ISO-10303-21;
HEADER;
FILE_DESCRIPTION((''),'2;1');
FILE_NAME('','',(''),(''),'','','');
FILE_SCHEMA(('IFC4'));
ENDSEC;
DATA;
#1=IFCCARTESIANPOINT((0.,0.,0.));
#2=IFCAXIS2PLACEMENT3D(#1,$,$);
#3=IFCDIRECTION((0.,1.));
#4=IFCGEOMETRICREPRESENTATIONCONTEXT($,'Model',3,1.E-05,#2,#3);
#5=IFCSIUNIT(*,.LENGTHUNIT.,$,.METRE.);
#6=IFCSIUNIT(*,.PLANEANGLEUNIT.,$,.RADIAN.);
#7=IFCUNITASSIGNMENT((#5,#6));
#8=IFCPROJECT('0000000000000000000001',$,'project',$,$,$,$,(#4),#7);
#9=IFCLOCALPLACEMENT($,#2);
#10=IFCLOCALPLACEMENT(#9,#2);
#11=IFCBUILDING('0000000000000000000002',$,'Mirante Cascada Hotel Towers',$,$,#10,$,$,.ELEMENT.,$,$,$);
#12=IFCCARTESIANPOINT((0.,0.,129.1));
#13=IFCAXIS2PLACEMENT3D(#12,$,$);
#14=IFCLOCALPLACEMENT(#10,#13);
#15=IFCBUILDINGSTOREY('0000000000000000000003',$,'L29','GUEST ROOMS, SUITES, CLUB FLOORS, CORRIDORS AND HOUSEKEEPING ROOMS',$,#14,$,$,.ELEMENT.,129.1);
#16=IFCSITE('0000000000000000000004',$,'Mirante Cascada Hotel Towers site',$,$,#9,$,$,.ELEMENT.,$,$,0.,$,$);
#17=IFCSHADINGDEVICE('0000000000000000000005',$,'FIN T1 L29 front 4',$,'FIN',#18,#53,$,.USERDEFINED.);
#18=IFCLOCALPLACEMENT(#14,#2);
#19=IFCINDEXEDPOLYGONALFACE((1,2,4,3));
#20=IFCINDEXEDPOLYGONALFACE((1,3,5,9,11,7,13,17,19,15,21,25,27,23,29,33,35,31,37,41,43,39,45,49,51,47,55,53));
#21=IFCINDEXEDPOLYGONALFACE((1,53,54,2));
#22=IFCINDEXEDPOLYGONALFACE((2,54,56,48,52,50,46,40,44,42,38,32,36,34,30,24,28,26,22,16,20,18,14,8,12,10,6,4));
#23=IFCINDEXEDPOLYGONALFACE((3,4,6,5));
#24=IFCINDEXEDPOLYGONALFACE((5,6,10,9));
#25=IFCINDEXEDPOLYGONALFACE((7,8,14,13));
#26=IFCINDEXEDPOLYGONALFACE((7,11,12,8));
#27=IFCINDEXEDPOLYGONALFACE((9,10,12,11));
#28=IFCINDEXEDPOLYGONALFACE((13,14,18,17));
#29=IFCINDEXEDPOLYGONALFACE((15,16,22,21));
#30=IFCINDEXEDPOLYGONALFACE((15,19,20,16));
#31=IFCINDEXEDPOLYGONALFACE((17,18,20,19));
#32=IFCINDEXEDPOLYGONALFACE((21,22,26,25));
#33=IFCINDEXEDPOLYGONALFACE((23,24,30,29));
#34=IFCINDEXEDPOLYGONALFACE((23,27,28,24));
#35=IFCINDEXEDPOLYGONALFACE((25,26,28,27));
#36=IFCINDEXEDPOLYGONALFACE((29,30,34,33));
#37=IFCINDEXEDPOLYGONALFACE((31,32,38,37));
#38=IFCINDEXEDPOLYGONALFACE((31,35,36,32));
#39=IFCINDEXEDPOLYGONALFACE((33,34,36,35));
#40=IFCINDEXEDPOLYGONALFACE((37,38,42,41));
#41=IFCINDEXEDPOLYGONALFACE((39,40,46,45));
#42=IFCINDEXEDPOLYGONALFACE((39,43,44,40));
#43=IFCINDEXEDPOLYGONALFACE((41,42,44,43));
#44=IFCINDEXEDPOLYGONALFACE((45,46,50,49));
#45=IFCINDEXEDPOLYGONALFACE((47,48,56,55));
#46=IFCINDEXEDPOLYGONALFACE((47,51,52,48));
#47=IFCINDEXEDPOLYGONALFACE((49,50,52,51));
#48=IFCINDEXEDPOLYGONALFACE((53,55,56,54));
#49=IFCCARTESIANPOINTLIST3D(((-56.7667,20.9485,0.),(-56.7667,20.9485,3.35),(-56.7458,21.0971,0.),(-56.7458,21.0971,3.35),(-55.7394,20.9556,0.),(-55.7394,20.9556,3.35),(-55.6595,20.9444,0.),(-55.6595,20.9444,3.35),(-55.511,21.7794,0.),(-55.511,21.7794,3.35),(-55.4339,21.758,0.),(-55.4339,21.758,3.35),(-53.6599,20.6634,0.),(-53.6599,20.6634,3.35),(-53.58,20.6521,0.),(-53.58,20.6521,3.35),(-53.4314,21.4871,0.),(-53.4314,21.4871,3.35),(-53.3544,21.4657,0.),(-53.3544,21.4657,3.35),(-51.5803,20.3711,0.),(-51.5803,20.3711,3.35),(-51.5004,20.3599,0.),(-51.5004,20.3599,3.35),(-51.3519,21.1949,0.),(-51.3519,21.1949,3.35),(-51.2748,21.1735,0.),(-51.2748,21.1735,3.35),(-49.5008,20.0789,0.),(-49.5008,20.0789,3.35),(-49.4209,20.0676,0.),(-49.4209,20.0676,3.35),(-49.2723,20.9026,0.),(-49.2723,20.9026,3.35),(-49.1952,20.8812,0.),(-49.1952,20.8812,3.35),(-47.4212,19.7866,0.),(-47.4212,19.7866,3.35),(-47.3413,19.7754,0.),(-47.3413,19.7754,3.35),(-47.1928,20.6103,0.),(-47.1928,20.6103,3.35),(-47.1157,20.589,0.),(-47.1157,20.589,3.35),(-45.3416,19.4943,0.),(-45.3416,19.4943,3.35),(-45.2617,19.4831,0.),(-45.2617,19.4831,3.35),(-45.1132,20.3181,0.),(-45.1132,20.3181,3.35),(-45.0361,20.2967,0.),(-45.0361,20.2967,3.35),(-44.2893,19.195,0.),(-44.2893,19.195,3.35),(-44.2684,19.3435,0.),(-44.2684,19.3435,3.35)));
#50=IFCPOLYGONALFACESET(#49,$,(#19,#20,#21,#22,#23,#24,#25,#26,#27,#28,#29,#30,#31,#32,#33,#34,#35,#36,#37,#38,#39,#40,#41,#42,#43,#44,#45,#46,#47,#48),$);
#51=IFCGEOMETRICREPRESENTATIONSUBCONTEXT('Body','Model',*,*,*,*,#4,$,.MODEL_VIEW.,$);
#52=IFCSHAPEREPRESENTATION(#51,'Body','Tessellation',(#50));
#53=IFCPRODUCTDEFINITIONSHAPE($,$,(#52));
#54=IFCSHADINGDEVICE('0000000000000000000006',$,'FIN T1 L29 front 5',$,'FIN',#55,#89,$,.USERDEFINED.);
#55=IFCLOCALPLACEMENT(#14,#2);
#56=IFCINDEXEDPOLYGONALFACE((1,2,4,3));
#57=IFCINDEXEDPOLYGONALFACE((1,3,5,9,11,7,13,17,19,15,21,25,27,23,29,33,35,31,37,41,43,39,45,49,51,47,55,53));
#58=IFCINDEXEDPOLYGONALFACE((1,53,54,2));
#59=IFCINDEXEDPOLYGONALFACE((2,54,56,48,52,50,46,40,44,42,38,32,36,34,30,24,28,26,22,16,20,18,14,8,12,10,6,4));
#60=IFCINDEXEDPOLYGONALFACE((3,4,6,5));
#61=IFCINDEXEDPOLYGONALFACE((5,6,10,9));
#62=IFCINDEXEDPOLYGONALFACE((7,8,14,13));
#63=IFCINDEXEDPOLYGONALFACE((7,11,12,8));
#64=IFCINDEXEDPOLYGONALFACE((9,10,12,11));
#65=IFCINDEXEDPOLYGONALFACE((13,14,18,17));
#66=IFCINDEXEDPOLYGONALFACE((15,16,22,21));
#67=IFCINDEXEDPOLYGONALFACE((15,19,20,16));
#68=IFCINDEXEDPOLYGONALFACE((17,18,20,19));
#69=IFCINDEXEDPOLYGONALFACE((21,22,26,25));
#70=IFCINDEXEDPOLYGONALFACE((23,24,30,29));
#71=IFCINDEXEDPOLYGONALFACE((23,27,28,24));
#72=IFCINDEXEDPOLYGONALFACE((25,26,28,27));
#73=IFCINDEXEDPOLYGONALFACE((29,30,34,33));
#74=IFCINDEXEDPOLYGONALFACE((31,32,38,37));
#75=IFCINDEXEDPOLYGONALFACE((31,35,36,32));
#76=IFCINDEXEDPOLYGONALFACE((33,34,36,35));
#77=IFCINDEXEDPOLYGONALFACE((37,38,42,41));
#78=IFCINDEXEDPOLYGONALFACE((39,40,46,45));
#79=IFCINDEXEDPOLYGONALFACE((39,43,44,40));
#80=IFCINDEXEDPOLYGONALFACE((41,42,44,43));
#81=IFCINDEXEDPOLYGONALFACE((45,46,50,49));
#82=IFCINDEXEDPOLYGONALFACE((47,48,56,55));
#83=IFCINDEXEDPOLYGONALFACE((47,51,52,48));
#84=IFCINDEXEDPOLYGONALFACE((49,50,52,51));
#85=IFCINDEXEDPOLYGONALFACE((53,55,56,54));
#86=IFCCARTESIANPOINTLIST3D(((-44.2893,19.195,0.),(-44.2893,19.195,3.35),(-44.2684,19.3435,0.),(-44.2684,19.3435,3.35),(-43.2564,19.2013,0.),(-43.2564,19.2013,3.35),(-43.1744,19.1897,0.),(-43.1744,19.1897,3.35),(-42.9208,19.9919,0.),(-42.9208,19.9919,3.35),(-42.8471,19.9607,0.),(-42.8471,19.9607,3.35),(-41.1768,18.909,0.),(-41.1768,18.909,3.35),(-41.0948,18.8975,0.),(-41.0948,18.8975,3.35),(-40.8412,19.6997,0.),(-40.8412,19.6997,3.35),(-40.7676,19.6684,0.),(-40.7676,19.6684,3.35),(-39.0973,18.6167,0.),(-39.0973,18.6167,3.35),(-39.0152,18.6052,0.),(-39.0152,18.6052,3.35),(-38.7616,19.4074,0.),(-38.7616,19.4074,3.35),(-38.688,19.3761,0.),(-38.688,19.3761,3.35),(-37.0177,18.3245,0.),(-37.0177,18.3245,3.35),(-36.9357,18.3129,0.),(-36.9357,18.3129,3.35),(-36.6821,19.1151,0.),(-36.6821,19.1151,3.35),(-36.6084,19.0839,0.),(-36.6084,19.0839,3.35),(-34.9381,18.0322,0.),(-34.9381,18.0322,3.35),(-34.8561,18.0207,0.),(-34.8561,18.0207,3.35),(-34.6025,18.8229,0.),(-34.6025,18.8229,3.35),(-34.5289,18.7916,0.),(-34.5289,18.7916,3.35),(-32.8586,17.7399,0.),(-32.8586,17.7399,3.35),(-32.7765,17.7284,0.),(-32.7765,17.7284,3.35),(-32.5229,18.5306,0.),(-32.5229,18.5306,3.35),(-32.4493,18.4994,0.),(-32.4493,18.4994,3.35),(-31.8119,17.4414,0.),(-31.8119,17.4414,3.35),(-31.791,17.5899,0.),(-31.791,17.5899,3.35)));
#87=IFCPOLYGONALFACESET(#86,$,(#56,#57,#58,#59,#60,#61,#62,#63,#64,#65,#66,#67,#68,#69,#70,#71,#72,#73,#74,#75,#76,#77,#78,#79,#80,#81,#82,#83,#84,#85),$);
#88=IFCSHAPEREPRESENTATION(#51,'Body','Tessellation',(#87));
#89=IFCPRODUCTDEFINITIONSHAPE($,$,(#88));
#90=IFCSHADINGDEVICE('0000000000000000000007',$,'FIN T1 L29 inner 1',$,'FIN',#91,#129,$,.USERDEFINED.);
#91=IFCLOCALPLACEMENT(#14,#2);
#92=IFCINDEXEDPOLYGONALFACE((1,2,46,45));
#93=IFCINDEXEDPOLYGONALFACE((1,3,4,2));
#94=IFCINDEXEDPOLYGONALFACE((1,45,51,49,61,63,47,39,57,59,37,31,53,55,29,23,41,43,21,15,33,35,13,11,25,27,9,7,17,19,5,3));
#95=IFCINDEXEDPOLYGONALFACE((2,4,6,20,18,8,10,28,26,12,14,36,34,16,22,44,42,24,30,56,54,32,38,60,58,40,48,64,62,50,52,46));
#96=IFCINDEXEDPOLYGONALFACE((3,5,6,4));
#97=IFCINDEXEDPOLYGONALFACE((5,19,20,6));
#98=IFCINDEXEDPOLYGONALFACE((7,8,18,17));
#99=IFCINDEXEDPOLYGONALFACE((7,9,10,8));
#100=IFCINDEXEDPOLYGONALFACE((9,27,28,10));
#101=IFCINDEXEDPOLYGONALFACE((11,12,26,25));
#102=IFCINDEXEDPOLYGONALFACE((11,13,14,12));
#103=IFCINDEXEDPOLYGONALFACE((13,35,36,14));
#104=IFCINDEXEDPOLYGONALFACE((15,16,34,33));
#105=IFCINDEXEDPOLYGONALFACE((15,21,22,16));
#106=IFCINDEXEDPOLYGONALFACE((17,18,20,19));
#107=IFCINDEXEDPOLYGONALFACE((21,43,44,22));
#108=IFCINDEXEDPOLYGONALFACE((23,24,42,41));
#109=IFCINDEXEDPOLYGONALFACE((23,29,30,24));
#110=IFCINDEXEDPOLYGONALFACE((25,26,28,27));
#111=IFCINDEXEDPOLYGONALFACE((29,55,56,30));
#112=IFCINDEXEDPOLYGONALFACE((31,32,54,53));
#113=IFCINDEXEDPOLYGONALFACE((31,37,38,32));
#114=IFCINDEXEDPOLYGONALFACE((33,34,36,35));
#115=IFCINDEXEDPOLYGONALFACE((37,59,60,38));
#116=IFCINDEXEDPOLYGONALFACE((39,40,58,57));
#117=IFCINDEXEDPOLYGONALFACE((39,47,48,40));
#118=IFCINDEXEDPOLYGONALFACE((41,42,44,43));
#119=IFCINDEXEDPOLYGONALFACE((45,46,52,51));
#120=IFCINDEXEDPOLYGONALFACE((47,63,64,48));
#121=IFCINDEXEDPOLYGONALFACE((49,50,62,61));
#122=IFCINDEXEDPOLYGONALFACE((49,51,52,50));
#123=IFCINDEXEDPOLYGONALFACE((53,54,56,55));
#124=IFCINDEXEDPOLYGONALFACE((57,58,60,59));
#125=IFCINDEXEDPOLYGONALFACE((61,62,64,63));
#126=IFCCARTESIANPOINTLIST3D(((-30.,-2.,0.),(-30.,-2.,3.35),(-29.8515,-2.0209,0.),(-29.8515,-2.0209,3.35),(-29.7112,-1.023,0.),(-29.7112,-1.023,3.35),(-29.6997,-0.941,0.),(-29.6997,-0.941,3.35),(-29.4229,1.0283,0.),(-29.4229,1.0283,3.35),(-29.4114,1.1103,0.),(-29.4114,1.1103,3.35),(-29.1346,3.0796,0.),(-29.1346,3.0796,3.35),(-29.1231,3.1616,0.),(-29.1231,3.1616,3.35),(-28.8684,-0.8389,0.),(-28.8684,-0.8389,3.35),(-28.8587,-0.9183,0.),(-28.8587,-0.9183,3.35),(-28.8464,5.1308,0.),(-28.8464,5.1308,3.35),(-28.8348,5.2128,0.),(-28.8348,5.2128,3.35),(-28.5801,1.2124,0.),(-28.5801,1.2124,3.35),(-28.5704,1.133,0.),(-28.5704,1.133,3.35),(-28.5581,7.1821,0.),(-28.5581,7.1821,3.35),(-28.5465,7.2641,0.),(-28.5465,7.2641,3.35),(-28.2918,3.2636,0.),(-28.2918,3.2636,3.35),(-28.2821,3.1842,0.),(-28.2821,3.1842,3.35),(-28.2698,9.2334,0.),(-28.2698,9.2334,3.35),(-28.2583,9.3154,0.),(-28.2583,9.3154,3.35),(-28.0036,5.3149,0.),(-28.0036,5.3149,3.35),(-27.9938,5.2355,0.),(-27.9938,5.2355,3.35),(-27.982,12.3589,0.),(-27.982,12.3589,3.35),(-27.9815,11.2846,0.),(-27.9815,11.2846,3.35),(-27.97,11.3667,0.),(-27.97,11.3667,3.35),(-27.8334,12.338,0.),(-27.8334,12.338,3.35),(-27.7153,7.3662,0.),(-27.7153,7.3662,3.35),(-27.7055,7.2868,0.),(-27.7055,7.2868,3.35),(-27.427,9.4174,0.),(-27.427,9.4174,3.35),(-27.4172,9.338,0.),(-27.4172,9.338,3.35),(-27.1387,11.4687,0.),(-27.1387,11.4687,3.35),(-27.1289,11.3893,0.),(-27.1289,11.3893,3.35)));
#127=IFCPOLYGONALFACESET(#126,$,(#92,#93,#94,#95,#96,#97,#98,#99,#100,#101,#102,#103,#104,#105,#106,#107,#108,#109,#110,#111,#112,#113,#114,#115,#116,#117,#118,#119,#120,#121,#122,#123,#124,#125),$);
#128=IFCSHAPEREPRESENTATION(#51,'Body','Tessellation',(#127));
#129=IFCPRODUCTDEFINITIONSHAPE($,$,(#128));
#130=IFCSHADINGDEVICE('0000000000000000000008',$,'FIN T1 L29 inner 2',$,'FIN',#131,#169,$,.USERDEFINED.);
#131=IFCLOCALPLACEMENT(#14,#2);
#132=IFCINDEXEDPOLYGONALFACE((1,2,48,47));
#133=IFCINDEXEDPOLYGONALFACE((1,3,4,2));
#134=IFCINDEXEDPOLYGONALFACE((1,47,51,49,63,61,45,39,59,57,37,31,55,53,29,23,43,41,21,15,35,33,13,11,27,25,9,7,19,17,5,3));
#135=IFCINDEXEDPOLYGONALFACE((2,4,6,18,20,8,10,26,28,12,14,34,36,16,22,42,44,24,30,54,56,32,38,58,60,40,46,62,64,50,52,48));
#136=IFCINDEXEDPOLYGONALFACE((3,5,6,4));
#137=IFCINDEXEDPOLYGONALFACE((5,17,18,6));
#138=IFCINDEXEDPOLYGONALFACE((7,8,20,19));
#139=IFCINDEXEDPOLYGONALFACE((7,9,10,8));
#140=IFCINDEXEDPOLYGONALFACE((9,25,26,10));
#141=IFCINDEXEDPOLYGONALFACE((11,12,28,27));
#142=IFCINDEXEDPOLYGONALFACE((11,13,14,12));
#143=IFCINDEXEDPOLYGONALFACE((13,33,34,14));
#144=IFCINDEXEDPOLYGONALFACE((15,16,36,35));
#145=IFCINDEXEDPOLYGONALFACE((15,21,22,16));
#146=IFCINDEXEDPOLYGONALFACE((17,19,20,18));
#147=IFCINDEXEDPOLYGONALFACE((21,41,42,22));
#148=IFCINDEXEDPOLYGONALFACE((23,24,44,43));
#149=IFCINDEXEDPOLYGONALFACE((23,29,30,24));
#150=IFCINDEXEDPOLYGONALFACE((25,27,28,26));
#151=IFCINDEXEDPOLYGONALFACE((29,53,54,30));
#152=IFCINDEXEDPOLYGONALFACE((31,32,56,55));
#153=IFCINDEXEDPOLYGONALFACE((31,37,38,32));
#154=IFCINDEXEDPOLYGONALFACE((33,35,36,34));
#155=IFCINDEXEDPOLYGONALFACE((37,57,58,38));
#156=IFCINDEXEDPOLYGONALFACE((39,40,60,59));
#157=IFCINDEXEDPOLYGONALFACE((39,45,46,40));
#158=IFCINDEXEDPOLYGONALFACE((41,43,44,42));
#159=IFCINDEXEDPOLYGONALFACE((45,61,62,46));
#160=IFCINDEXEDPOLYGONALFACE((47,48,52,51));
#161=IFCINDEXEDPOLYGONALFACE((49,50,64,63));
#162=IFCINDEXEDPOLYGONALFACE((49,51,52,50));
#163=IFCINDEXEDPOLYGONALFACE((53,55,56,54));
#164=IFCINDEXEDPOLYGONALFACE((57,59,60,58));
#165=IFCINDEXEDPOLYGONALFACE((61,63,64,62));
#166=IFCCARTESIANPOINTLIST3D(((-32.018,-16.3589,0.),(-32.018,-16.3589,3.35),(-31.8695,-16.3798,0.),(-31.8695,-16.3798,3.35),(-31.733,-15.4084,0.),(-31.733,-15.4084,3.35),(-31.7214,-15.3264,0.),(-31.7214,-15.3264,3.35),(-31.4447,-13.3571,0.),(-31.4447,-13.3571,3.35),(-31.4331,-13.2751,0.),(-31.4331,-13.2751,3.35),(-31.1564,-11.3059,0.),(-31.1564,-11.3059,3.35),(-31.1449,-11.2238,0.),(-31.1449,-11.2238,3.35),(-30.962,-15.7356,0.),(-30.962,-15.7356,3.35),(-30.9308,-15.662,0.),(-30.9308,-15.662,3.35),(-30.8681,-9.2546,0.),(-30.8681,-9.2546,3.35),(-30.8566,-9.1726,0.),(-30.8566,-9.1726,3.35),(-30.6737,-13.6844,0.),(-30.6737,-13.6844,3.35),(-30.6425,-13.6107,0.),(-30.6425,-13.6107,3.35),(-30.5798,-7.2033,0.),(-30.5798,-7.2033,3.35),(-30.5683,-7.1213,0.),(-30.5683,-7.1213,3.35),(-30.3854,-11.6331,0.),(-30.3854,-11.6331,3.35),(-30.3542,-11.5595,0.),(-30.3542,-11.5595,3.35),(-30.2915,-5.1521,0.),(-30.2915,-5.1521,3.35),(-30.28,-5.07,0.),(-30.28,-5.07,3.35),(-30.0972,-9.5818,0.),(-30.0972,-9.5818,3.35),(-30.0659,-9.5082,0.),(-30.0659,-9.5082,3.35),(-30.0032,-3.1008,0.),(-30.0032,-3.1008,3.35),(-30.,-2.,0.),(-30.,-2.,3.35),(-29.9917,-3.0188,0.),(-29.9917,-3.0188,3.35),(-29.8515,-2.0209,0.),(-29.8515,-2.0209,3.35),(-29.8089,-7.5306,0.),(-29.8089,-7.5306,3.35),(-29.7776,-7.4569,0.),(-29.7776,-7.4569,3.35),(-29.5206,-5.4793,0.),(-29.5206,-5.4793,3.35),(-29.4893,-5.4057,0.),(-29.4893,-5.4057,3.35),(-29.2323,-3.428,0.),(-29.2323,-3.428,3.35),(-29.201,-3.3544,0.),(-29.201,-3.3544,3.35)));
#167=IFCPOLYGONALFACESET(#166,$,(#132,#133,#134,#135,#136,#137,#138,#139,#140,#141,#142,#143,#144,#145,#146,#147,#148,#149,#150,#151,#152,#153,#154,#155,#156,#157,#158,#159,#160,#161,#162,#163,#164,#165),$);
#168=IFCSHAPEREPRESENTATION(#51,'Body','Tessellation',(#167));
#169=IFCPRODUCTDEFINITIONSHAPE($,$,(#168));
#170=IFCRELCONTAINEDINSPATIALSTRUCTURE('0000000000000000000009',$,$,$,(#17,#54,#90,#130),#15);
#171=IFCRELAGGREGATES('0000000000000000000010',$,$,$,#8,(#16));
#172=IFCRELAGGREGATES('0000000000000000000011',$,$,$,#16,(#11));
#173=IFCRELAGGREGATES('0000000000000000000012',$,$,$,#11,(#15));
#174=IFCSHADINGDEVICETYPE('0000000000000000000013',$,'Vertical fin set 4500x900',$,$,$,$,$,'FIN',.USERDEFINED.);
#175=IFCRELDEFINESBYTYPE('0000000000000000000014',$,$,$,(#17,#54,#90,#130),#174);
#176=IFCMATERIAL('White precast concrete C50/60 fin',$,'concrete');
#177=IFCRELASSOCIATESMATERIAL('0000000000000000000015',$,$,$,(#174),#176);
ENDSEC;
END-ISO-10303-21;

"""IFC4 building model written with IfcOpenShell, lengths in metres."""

from ifc_helpers import new_model, si_unit, direction, frame, origin, place, context, subcontext, project, spatial, polyline, outline, extrude, material, type_object, element, save


model = new_model("IFC4")

# Units and contexts
model_context = context("Model", 3, precision=1e-05, world=origin(), true_north=direction((0.0, 1.0)))
body_context = subcontext(model_context, "Body", "Model", "MODEL_VIEW")
ifc_project = project(units=[si_unit("LENGTHUNIT", "METRE"), si_unit("PLANEANGLEUNIT", "RADIAN")], contexts=[model_context])

# Site, building, storey
site_placement = place(None, origin())
site = spatial("IfcSite", under=ifc_project, at=site_placement, Name="Mirante Cascada Hotel Towers site", CompositionType="ELEMENT", RefElevation=0.0)
building_placement = place(site_placement, origin())
building = spatial("IfcBuilding", under=site, at=building_placement, Name="Mirante Cascada Hotel Towers", CompositionType="ELEMENT")
storey_placement = place(building_placement, frame((0.0, 0.0, 129.1)))
storey = spatial("IfcBuildingStorey", under=building, at=storey_placement, Name="L29", Description="GUEST ROOMS, SUITES, CLUB FLOORS, CORRIDORS AND HOUSEKEEPING ROOMS", CompositionType="ELEMENT", Elevation=129.1)

# Shading devices
ifc_material_1 = material(Name="White precast concrete C50/60 fin", Category="concrete")
shading_device_type = type_object("IfcShadingDeviceType", Name="Vertical fin set 4500x900", ElementType="FIN", PredefinedType="USERDEFINED", material=ifc_material_1)
shading_device_1_placement = place(storey_placement, origin())
element("IfcShadingDevice", 1, at=shading_device_1_placement, inside=storey, type_object=shading_device_type, Name="FIN T1 L29 front 4", ObjectType="FIN", PredefinedType="USERDEFINED", context=body_context, shape_type="SweptSolid", body=[
    extrude(outline(polyline([(-45.0361, 20.2967), (-45.2617, 19.4831), (-44.2684, 19.3435), (-44.2893, 19.195), (-56.7667, 20.9485), (-56.7458, 21.0971), (-55.7394, 20.9556), (-55.511, 21.7794), (-55.4339, 21.758), (-55.6595, 20.9444), (-53.6599, 20.6634), (-53.4314, 21.4871), (-53.3544, 21.4657), (-53.58, 20.6521), (-51.5803, 20.3711), (-51.3519, 21.1949), (-51.2748, 21.1735), (-51.5004, 20.3599), (-49.5008, 20.0789), (-49.2723, 20.9026), (-49.1952, 20.8812), (-49.4209, 20.0676), (-47.4212, 19.7866), (-47.1928, 20.6103), (-47.1157, 20.589), (-47.3413, 19.7754), (-45.3416, 19.4943), (-45.1132, 20.3181), (-45.0361, 20.2967)])), origin(), (0.0, 0.0, 1.0), 3.35),
])
shading_device_2_placement = place(storey_placement, origin())
element("IfcShadingDevice", 2, at=shading_device_2_placement, inside=storey, type_object=shading_device_type, Name="FIN T1 L29 front 5", ObjectType="FIN", PredefinedType="USERDEFINED", context=body_context, shape_type="SweptSolid", body=[
    extrude(outline(polyline([(-32.4493, 18.4994), (-32.7765, 17.7284), (-31.791, 17.5899), (-31.8119, 17.4414), (-44.2893, 19.195), (-44.2684, 19.3435), (-43.2564, 19.2013), (-42.9208, 19.9919), (-42.8471, 19.9607), (-43.1744, 19.1897), (-41.1768, 18.909), (-40.8412, 19.6997), (-40.7676, 19.6684), (-41.0948, 18.8975), (-39.0973, 18.6167), (-38.7616, 19.4074), (-38.688, 19.3761), (-39.0152, 18.6052), (-37.0177, 18.3245), (-36.6821, 19.1151), (-36.6084, 19.0839), (-36.9357, 18.3129), (-34.9381, 18.0322), (-34.6025, 18.8229), (-34.5289, 18.7916), (-34.8561, 18.0207), (-32.8586, 17.7399), (-32.5229, 18.5306), (-32.4493, 18.4994)])), origin(), (0.0, 0.0, 1.0), 3.35),
])
shading_device_3_placement = place(storey_placement, origin())
element("IfcShadingDevice", 3, at=shading_device_3_placement, inside=storey, type_object=shading_device_type, Name="FIN T1 L29 inner 1", ObjectType="FIN", PredefinedType="USERDEFINED", context=body_context, shape_type="SweptSolid", body=[
    extrude(outline(polyline([(-29.7112, -1.023), (-29.8515, -2.0209), (-30.0, -2.0), (-27.982, 12.3589), (-27.8334, 12.338), (-27.97, 11.3667), (-27.1387, 11.4687), (-27.1289, 11.3893), (-27.9815, 11.2846), (-28.2583, 9.3154), (-27.427, 9.4174), (-27.4172, 9.338), (-28.2698, 9.2334), (-28.5465, 7.2641), (-27.7153, 7.3662), (-27.7055, 7.2868), (-28.5581, 7.1821), (-28.8348, 5.2128), (-28.0036, 5.3149), (-27.9938, 5.2355), (-28.8464, 5.1308), (-29.1231, 3.1616), (-28.2918, 3.2636), (-28.2821, 3.1842), (-29.1346, 3.0796), (-29.4114, 1.1103), (-28.5801, 1.2124), (-28.5704, 1.133), (-29.4229, 1.0283), (-29.6997, -0.941), (-28.8684, -0.8389), (-28.8587, -0.9183), (-29.7112, -1.023)])), origin(), (0.0, 0.0, 1.0), 3.35),
])
shading_device_4_placement = place(storey_placement, origin())
element("IfcShadingDevice", 4, at=shading_device_4_placement, inside=storey, type_object=shading_device_type, Name="FIN T1 L29 inner 2", ObjectType="FIN", PredefinedType="USERDEFINED", context=body_context, shape_type="SweptSolid", body=[
    extrude(outline(polyline([(-31.733, -15.4084), (-31.8695, -16.3798), (-32.018, -16.3589), (-30.0, -2.0), (-29.8515, -2.0209), (-29.9917, -3.0188), (-29.201, -3.3544), (-29.2323, -3.428), (-30.0032, -3.1008), (-30.28, -5.07), (-29.4893, -5.4057), (-29.5206, -5.4793), (-30.2915, -5.1521), (-30.5683, -7.1213), (-29.7776, -7.4569), (-29.8089, -7.5306), (-30.5798, -7.2033), (-30.8566, -9.1726), (-30.0659, -9.5082), (-30.0972, -9.5818), (-30.8681, -9.2546), (-31.1449, -11.2238), (-30.3542, -11.5595), (-30.3854, -11.6331), (-31.1564, -11.3059), (-31.4331, -13.2751), (-30.6425, -13.6107), (-30.6737, -13.6844), (-31.4447, -13.3571), (-31.7214, -15.3264), (-30.9308, -15.662), (-30.962, -15.7356), (-31.733, -15.4084)])), origin(), (0.0, 0.0, 1.0), 3.35),
])

save(model, "model.ifc")
